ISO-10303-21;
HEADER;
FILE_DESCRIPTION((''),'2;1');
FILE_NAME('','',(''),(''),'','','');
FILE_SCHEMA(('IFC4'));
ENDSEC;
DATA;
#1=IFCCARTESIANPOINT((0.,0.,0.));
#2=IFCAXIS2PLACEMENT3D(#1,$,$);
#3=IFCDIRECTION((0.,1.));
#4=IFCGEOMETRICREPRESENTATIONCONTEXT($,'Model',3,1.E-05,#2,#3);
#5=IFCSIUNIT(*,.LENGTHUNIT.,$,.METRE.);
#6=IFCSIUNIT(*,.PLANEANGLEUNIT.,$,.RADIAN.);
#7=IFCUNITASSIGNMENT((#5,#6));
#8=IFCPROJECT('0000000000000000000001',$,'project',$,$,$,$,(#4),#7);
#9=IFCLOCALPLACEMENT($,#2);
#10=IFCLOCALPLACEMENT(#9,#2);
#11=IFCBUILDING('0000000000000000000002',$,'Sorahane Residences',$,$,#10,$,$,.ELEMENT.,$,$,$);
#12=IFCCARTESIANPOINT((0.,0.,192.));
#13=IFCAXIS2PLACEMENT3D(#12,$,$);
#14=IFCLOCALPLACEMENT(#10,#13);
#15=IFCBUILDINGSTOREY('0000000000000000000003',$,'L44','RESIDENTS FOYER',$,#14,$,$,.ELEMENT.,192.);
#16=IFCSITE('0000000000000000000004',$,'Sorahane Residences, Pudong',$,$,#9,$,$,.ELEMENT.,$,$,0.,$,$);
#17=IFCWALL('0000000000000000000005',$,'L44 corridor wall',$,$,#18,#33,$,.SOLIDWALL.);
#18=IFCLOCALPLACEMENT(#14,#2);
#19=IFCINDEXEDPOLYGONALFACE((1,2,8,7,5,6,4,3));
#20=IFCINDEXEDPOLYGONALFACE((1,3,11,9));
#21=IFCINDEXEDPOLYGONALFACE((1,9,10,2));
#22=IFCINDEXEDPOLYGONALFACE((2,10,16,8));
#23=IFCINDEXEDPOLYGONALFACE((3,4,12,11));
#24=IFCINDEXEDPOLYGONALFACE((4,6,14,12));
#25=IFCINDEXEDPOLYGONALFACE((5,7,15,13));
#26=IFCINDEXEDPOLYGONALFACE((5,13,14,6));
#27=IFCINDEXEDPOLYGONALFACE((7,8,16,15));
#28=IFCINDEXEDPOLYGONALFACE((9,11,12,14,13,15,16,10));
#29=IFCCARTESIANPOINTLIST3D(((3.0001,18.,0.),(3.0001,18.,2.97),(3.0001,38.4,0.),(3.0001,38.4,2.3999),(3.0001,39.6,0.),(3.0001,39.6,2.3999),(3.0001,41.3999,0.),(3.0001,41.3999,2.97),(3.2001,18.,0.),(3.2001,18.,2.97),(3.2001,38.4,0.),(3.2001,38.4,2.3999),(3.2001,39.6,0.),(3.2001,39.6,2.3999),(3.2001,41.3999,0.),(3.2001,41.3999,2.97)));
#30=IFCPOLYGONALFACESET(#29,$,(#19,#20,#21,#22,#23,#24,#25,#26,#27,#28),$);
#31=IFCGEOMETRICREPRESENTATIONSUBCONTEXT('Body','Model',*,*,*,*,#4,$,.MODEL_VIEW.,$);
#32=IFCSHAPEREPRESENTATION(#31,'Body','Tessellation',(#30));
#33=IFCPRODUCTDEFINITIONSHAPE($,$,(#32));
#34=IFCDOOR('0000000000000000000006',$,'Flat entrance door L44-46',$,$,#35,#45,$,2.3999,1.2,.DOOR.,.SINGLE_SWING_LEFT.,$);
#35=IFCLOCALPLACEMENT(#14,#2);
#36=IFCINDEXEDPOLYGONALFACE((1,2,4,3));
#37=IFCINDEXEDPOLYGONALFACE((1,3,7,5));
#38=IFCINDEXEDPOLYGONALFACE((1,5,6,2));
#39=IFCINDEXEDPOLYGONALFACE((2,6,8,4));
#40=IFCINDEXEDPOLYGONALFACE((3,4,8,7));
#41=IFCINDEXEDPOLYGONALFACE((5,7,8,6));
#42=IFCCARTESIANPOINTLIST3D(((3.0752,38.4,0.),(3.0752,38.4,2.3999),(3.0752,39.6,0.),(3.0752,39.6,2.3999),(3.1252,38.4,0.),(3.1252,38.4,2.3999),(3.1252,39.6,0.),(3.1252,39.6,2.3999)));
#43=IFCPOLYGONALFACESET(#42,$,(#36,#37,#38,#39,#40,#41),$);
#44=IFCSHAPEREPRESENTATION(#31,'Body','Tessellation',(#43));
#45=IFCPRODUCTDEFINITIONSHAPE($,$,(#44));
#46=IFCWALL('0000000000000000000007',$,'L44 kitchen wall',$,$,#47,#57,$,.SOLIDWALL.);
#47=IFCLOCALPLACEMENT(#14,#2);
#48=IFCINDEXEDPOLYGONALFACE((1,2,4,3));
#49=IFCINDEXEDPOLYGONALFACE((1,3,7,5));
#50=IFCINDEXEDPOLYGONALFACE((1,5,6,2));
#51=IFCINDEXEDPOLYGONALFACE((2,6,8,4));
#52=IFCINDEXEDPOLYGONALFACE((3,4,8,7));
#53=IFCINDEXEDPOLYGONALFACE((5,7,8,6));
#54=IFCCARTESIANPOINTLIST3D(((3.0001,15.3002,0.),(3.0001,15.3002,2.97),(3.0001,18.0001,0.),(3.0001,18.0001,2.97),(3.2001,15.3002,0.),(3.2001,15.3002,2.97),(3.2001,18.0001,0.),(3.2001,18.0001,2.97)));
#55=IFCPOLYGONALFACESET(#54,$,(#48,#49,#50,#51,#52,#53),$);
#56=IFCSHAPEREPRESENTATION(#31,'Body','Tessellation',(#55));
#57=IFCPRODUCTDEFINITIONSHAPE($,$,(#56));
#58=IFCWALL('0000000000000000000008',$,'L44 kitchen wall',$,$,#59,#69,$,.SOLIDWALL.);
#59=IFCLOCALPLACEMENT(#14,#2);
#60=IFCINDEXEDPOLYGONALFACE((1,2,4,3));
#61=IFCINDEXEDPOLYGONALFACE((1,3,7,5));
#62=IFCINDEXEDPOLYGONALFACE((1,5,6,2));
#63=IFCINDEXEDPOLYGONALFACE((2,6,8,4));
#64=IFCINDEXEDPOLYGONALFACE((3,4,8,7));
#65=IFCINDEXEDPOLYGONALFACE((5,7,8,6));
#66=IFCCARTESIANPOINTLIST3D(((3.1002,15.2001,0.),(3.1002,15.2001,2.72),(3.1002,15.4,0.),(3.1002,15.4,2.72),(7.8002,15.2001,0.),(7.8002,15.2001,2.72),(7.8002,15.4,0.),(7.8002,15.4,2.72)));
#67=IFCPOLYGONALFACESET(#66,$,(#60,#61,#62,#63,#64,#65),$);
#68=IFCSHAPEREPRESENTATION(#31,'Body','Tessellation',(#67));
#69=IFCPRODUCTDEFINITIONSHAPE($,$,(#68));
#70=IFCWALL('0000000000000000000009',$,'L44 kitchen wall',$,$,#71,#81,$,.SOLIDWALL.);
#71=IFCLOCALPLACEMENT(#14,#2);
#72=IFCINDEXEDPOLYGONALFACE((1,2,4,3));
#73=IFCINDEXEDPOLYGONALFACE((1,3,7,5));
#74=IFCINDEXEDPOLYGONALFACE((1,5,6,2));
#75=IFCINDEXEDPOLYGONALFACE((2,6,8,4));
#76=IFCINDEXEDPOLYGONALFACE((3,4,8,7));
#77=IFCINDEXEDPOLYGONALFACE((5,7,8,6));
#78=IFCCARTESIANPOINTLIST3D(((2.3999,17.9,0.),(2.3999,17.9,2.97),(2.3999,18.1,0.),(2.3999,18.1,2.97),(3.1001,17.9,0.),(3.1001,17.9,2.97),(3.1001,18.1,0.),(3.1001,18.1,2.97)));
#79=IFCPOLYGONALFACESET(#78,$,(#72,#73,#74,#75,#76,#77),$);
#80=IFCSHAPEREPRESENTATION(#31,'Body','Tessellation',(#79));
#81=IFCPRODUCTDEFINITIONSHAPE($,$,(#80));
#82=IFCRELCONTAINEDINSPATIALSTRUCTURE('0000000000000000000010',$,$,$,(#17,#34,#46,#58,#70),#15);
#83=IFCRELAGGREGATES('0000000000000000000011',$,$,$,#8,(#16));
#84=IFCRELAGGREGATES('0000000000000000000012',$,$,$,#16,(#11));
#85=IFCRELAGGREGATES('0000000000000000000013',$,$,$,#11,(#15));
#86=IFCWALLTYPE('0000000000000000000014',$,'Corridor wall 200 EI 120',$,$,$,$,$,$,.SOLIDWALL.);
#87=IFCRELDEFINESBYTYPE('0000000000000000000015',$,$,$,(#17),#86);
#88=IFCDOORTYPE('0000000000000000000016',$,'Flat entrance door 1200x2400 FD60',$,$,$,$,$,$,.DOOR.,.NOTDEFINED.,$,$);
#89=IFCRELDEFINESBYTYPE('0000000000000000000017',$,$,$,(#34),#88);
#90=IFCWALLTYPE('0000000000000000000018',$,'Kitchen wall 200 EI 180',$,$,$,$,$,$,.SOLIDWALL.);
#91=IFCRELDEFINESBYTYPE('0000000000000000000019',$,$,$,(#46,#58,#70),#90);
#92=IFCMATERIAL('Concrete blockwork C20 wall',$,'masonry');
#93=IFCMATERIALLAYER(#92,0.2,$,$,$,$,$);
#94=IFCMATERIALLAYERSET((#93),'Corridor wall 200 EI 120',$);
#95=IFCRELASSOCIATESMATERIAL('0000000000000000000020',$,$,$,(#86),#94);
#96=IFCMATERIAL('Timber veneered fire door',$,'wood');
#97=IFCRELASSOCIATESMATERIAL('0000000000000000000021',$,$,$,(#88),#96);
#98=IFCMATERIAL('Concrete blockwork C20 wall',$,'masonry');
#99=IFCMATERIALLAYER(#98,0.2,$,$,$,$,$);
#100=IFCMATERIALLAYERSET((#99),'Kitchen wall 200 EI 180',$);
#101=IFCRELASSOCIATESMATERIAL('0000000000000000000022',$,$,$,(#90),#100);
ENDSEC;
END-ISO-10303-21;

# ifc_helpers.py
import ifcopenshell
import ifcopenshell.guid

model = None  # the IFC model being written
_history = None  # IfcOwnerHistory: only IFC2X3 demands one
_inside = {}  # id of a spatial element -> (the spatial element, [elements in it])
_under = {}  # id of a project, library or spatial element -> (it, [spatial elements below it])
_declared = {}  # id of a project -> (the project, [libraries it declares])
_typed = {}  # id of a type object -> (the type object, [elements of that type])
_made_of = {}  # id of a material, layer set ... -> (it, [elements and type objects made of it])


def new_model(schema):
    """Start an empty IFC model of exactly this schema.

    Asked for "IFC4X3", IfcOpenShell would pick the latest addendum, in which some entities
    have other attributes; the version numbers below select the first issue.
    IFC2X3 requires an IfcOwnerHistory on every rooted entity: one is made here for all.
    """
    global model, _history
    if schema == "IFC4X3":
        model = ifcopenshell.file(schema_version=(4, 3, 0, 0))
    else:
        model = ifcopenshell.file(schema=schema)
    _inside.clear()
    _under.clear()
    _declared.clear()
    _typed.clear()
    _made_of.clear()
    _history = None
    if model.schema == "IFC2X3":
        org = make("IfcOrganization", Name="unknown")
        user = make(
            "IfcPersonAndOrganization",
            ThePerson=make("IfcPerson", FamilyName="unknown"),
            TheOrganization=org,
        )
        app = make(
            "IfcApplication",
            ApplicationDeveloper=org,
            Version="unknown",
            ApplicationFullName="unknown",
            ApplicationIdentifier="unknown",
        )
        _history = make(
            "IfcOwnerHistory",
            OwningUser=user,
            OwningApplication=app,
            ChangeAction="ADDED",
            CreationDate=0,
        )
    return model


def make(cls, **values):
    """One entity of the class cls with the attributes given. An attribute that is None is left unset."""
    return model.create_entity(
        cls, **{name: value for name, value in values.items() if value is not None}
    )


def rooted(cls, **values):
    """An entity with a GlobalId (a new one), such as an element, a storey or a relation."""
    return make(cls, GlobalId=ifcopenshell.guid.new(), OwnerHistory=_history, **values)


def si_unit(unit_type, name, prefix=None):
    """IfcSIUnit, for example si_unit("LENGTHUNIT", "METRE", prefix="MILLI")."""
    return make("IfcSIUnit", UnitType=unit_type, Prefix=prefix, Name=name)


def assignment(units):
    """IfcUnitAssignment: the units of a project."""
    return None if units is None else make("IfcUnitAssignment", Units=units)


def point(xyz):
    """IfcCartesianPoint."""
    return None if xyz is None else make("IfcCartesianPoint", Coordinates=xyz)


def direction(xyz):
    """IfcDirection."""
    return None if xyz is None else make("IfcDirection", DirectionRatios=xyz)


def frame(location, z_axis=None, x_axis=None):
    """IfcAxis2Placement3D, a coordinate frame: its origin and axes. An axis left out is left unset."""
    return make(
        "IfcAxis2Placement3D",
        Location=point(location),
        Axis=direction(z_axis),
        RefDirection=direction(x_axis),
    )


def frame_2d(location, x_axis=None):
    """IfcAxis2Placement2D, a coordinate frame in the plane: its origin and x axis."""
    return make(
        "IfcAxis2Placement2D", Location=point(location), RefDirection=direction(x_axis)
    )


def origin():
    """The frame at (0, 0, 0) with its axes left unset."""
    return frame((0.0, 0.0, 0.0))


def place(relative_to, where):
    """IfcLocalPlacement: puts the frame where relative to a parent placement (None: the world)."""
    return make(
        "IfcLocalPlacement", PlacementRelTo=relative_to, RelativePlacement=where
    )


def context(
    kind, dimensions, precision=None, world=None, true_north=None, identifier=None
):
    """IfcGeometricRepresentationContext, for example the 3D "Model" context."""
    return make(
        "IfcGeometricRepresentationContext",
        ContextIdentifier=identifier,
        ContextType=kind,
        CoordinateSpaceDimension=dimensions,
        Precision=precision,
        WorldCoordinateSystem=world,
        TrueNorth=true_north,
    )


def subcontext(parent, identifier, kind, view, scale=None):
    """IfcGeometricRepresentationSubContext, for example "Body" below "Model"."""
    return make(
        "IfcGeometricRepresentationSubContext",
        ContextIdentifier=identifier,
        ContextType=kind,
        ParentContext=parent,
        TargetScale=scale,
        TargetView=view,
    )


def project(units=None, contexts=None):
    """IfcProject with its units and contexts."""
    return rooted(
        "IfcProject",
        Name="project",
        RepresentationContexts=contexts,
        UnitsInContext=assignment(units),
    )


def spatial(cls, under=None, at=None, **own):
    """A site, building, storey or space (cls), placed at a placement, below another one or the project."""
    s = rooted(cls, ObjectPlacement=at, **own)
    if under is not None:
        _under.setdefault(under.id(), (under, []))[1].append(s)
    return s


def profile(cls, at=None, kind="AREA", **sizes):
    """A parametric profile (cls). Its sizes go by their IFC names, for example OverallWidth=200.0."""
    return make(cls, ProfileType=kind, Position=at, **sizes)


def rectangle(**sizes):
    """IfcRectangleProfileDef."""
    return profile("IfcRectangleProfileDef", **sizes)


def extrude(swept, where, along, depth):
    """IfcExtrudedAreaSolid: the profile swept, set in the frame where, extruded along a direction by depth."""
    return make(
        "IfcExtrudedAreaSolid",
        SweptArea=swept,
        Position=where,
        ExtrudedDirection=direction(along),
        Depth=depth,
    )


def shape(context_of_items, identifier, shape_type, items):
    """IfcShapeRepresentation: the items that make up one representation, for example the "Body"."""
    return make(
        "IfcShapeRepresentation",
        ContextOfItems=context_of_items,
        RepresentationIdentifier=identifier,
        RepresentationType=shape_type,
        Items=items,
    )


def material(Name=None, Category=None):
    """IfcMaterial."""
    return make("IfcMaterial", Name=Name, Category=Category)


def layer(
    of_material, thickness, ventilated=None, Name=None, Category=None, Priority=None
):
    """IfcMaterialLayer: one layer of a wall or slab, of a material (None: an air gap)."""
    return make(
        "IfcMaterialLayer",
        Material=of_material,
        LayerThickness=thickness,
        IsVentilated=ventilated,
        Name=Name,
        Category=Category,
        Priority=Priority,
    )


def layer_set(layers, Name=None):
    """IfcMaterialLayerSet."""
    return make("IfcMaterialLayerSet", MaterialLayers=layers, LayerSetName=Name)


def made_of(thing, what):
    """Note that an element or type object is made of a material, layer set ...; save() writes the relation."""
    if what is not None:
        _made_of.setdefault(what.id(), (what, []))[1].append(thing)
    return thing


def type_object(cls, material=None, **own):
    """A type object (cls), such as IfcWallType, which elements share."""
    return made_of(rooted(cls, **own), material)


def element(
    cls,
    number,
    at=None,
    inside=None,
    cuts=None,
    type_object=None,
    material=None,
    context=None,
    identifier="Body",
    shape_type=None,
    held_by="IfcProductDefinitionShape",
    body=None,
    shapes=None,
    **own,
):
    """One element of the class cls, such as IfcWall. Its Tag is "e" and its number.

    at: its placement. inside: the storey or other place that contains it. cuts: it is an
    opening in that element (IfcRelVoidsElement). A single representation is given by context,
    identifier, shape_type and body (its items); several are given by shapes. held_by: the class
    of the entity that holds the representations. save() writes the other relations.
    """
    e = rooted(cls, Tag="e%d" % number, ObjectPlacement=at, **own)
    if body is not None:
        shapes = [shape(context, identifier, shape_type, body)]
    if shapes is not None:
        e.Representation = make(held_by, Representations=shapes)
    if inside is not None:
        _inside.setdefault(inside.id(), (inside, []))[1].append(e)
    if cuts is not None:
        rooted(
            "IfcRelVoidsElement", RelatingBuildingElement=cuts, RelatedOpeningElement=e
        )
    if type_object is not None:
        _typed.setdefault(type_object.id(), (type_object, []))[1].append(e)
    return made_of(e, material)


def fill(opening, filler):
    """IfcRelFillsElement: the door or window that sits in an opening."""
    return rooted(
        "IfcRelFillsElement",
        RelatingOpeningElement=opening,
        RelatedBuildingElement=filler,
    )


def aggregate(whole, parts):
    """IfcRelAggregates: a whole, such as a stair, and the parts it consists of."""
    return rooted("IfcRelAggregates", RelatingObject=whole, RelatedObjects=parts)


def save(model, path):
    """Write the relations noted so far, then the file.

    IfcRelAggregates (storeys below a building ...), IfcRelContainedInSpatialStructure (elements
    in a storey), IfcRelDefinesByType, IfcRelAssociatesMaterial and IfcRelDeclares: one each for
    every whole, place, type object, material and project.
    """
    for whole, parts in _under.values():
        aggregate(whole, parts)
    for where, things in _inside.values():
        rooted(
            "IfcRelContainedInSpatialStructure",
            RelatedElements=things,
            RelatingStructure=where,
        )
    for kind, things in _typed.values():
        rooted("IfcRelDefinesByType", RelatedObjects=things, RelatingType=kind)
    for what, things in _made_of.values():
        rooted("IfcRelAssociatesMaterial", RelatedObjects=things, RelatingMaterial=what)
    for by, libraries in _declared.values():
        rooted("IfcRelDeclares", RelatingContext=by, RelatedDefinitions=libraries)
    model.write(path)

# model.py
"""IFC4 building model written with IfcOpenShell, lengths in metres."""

from ifc_helpers import new_model, si_unit, direction, frame, frame_2d, origin, place, context, subcontext, project, spatial, rectangle, extrude, material, layer, layer_set, type_object, element, fill, save


model = new_model("IFC4")

# Units and contexts
model_context = context("Model", 3, precision=1e-05, world=origin(), true_north=direction((0.0, 1.0)))
body_context = subcontext(model_context, "Body", "Model", "MODEL_VIEW")
ifc_project = project(units=[si_unit("LENGTHUNIT", "METRE"), si_unit("PLANEANGLEUNIT", "RADIAN")], contexts=[model_context])

# Site, building, storey
site_placement = place(None, origin())
site = spatial("IfcSite", under=ifc_project, at=site_placement, Name="Sorahane Residences, Pudong", CompositionType="ELEMENT", RefElevation=0.0)
building_placement = place(site_placement, origin())
building = spatial("IfcBuilding", under=site, at=building_placement, Name="Sorahane Residences", CompositionType="ELEMENT")
storey_placement = place(building_placement, frame((0.0, 0.0, 192.0)))
storey = spatial("IfcBuildingStorey", under=building, at=storey_placement, Name="L44", Description="RESIDENTS FOYER", CompositionType="ELEMENT", Elevation=192.0)

# Wall, opening, door
ifc_material_1 = material(Name="Concrete blockwork C20 wall", Category="masonry")
ifc_layer_1 = layer(ifc_material_1, 0.2)
ifc_layer_set_1 = layer_set([ifc_layer_1], Name="Corridor wall 200 EI 120")
wall_type_1 = type_object("IfcWallType", Name="Corridor wall 200 EI 120", PredefinedType="SOLIDWALL", material=ifc_layer_set_1)
wall_1_placement = place(storey_placement, frame((3.1001, 18.0, 0.0), z_axis=(0.0, 0.0, 1.0), x_axis=(0.0, 1.0, 0.0)))
wall_1 = element("IfcWall", 1, at=wall_1_placement, inside=storey, type_object=wall_type_1, Name="L44 corridor wall", PredefinedType="SOLIDWALL", context=body_context, shape_type="SweptSolid", body=[
    extrude(rectangle(XDim=23.3999, YDim=0.2, at=frame_2d((11.7, 0.0))), origin(), (0.0, 0.0, 1.0), 2.97),
])
opening_1_placement = place(wall_1_placement, frame((20.3999, 0.0, 0.0)))
opening_1 = element("IfcOpeningElement", 2, at=opening_1_placement, cuts=wall_1, PredefinedType="OPENING", context=body_context, shape_type="SweptSolid", body=[
    extrude(rectangle(XDim=1.2, YDim=2.3999, at=frame_2d((0.6001, 1.2))), frame((0.0, 0.1099, 0.0), z_axis=(0.0, -1.0, 0.0), x_axis=(1.0, 0.0, 0.0)), (0.0, 0.0, 1.0), 0.22),
])
ifc_material_2 = material(Name="Timber veneered fire door", Category="wood")
door_type_1 = type_object("IfcDoorType", Name="Flat entrance door 1200x2400 FD60", OperationType="NOTDEFINED", PredefinedType="DOOR", material=ifc_material_2)
door_1_placement = place(opening_1_placement, origin())
door_1 = element("IfcDoor", 3, at=door_1_placement, inside=storey, type_object=door_type_1, Name="Flat entrance door L44-46", OperationType="SINGLE_SWING_LEFT", OverallHeight=2.3999, OverallWidth=1.2, PredefinedType="DOOR", context=body_context, shape_type="SweptSolid", body=[
    extrude(rectangle(XDim=1.2, YDim=2.3999, at=frame_2d((0.6001, 1.2))), frame((0.0, 0.0249, 0.0), z_axis=(0.0, -1.0, 0.0), x_axis=(1.0, 0.0, 0.0)), (0.0, 0.0, 1.0), 0.05),
])
fill(opening_1, door_1)

# Wall
ifc_material_3 = material(Name="Concrete blockwork C20 wall", Category="masonry")
ifc_layer_2 = layer(ifc_material_3, 0.2)
ifc_layer_set_2 = layer_set([ifc_layer_2], Name="Kitchen wall 200 EI 180")
wall_type_2 = type_object("IfcWallType", Name="Kitchen wall 200 EI 180", PredefinedType="SOLIDWALL", material=ifc_layer_set_2)
wall_2_placement = place(storey_placement, frame((3.1001, 15.3, 0.0), z_axis=(0.0, 0.0, 1.0), x_axis=(0.0, 1.0, 0.0)))
element("IfcWall", 4, at=wall_2_placement, inside=storey, type_object=wall_type_2, Name="L44 kitchen wall", PredefinedType="SOLIDWALL", context=body_context, shape_type="SweptSolid", body=[
    extrude(rectangle(XDim=2.7, YDim=0.2, at=frame_2d((1.3501, 0.0))), origin(), (0.0, 0.0, 1.0), 2.97),
])

# Walls
wall_3_placement = place(storey_placement, frame((3.1001, 15.3, 0.0), z_axis=(0.0, 0.0, 1.0), x_axis=(1.0, 0.0, 0.0)))
element("IfcWall", 5, at=wall_3_placement, inside=storey, type_object=wall_type_2, Name="L44 kitchen wall", PredefinedType="SOLIDWALL", context=body_context, shape_type="SweptSolid", body=[
    extrude(rectangle(XDim=4.7, YDim=0.2, at=frame_2d((2.3501, 0.0))), origin(), (0.0, 0.0, 1.0), 2.72),
])
wall_4_placement = place(storey_placement, frame((2.3999, 18.0, 0.0), z_axis=(0.0, 0.0, 1.0), x_axis=(1.0, 0.0, 0.0)))
element("IfcWall", 6, at=wall_4_placement, inside=storey, type_object=wall_type_2, Name="L44 kitchen wall", PredefinedType="SOLIDWALL", context=body_context, shape_type="SweptSolid", body=[
    extrude(rectangle(XDim=0.7002, YDim=0.2, at=frame_2d((0.3501, 0.0))), origin(), (0.0, 0.0, 1.0), 2.97),
])

save(model, "model.ifc")
